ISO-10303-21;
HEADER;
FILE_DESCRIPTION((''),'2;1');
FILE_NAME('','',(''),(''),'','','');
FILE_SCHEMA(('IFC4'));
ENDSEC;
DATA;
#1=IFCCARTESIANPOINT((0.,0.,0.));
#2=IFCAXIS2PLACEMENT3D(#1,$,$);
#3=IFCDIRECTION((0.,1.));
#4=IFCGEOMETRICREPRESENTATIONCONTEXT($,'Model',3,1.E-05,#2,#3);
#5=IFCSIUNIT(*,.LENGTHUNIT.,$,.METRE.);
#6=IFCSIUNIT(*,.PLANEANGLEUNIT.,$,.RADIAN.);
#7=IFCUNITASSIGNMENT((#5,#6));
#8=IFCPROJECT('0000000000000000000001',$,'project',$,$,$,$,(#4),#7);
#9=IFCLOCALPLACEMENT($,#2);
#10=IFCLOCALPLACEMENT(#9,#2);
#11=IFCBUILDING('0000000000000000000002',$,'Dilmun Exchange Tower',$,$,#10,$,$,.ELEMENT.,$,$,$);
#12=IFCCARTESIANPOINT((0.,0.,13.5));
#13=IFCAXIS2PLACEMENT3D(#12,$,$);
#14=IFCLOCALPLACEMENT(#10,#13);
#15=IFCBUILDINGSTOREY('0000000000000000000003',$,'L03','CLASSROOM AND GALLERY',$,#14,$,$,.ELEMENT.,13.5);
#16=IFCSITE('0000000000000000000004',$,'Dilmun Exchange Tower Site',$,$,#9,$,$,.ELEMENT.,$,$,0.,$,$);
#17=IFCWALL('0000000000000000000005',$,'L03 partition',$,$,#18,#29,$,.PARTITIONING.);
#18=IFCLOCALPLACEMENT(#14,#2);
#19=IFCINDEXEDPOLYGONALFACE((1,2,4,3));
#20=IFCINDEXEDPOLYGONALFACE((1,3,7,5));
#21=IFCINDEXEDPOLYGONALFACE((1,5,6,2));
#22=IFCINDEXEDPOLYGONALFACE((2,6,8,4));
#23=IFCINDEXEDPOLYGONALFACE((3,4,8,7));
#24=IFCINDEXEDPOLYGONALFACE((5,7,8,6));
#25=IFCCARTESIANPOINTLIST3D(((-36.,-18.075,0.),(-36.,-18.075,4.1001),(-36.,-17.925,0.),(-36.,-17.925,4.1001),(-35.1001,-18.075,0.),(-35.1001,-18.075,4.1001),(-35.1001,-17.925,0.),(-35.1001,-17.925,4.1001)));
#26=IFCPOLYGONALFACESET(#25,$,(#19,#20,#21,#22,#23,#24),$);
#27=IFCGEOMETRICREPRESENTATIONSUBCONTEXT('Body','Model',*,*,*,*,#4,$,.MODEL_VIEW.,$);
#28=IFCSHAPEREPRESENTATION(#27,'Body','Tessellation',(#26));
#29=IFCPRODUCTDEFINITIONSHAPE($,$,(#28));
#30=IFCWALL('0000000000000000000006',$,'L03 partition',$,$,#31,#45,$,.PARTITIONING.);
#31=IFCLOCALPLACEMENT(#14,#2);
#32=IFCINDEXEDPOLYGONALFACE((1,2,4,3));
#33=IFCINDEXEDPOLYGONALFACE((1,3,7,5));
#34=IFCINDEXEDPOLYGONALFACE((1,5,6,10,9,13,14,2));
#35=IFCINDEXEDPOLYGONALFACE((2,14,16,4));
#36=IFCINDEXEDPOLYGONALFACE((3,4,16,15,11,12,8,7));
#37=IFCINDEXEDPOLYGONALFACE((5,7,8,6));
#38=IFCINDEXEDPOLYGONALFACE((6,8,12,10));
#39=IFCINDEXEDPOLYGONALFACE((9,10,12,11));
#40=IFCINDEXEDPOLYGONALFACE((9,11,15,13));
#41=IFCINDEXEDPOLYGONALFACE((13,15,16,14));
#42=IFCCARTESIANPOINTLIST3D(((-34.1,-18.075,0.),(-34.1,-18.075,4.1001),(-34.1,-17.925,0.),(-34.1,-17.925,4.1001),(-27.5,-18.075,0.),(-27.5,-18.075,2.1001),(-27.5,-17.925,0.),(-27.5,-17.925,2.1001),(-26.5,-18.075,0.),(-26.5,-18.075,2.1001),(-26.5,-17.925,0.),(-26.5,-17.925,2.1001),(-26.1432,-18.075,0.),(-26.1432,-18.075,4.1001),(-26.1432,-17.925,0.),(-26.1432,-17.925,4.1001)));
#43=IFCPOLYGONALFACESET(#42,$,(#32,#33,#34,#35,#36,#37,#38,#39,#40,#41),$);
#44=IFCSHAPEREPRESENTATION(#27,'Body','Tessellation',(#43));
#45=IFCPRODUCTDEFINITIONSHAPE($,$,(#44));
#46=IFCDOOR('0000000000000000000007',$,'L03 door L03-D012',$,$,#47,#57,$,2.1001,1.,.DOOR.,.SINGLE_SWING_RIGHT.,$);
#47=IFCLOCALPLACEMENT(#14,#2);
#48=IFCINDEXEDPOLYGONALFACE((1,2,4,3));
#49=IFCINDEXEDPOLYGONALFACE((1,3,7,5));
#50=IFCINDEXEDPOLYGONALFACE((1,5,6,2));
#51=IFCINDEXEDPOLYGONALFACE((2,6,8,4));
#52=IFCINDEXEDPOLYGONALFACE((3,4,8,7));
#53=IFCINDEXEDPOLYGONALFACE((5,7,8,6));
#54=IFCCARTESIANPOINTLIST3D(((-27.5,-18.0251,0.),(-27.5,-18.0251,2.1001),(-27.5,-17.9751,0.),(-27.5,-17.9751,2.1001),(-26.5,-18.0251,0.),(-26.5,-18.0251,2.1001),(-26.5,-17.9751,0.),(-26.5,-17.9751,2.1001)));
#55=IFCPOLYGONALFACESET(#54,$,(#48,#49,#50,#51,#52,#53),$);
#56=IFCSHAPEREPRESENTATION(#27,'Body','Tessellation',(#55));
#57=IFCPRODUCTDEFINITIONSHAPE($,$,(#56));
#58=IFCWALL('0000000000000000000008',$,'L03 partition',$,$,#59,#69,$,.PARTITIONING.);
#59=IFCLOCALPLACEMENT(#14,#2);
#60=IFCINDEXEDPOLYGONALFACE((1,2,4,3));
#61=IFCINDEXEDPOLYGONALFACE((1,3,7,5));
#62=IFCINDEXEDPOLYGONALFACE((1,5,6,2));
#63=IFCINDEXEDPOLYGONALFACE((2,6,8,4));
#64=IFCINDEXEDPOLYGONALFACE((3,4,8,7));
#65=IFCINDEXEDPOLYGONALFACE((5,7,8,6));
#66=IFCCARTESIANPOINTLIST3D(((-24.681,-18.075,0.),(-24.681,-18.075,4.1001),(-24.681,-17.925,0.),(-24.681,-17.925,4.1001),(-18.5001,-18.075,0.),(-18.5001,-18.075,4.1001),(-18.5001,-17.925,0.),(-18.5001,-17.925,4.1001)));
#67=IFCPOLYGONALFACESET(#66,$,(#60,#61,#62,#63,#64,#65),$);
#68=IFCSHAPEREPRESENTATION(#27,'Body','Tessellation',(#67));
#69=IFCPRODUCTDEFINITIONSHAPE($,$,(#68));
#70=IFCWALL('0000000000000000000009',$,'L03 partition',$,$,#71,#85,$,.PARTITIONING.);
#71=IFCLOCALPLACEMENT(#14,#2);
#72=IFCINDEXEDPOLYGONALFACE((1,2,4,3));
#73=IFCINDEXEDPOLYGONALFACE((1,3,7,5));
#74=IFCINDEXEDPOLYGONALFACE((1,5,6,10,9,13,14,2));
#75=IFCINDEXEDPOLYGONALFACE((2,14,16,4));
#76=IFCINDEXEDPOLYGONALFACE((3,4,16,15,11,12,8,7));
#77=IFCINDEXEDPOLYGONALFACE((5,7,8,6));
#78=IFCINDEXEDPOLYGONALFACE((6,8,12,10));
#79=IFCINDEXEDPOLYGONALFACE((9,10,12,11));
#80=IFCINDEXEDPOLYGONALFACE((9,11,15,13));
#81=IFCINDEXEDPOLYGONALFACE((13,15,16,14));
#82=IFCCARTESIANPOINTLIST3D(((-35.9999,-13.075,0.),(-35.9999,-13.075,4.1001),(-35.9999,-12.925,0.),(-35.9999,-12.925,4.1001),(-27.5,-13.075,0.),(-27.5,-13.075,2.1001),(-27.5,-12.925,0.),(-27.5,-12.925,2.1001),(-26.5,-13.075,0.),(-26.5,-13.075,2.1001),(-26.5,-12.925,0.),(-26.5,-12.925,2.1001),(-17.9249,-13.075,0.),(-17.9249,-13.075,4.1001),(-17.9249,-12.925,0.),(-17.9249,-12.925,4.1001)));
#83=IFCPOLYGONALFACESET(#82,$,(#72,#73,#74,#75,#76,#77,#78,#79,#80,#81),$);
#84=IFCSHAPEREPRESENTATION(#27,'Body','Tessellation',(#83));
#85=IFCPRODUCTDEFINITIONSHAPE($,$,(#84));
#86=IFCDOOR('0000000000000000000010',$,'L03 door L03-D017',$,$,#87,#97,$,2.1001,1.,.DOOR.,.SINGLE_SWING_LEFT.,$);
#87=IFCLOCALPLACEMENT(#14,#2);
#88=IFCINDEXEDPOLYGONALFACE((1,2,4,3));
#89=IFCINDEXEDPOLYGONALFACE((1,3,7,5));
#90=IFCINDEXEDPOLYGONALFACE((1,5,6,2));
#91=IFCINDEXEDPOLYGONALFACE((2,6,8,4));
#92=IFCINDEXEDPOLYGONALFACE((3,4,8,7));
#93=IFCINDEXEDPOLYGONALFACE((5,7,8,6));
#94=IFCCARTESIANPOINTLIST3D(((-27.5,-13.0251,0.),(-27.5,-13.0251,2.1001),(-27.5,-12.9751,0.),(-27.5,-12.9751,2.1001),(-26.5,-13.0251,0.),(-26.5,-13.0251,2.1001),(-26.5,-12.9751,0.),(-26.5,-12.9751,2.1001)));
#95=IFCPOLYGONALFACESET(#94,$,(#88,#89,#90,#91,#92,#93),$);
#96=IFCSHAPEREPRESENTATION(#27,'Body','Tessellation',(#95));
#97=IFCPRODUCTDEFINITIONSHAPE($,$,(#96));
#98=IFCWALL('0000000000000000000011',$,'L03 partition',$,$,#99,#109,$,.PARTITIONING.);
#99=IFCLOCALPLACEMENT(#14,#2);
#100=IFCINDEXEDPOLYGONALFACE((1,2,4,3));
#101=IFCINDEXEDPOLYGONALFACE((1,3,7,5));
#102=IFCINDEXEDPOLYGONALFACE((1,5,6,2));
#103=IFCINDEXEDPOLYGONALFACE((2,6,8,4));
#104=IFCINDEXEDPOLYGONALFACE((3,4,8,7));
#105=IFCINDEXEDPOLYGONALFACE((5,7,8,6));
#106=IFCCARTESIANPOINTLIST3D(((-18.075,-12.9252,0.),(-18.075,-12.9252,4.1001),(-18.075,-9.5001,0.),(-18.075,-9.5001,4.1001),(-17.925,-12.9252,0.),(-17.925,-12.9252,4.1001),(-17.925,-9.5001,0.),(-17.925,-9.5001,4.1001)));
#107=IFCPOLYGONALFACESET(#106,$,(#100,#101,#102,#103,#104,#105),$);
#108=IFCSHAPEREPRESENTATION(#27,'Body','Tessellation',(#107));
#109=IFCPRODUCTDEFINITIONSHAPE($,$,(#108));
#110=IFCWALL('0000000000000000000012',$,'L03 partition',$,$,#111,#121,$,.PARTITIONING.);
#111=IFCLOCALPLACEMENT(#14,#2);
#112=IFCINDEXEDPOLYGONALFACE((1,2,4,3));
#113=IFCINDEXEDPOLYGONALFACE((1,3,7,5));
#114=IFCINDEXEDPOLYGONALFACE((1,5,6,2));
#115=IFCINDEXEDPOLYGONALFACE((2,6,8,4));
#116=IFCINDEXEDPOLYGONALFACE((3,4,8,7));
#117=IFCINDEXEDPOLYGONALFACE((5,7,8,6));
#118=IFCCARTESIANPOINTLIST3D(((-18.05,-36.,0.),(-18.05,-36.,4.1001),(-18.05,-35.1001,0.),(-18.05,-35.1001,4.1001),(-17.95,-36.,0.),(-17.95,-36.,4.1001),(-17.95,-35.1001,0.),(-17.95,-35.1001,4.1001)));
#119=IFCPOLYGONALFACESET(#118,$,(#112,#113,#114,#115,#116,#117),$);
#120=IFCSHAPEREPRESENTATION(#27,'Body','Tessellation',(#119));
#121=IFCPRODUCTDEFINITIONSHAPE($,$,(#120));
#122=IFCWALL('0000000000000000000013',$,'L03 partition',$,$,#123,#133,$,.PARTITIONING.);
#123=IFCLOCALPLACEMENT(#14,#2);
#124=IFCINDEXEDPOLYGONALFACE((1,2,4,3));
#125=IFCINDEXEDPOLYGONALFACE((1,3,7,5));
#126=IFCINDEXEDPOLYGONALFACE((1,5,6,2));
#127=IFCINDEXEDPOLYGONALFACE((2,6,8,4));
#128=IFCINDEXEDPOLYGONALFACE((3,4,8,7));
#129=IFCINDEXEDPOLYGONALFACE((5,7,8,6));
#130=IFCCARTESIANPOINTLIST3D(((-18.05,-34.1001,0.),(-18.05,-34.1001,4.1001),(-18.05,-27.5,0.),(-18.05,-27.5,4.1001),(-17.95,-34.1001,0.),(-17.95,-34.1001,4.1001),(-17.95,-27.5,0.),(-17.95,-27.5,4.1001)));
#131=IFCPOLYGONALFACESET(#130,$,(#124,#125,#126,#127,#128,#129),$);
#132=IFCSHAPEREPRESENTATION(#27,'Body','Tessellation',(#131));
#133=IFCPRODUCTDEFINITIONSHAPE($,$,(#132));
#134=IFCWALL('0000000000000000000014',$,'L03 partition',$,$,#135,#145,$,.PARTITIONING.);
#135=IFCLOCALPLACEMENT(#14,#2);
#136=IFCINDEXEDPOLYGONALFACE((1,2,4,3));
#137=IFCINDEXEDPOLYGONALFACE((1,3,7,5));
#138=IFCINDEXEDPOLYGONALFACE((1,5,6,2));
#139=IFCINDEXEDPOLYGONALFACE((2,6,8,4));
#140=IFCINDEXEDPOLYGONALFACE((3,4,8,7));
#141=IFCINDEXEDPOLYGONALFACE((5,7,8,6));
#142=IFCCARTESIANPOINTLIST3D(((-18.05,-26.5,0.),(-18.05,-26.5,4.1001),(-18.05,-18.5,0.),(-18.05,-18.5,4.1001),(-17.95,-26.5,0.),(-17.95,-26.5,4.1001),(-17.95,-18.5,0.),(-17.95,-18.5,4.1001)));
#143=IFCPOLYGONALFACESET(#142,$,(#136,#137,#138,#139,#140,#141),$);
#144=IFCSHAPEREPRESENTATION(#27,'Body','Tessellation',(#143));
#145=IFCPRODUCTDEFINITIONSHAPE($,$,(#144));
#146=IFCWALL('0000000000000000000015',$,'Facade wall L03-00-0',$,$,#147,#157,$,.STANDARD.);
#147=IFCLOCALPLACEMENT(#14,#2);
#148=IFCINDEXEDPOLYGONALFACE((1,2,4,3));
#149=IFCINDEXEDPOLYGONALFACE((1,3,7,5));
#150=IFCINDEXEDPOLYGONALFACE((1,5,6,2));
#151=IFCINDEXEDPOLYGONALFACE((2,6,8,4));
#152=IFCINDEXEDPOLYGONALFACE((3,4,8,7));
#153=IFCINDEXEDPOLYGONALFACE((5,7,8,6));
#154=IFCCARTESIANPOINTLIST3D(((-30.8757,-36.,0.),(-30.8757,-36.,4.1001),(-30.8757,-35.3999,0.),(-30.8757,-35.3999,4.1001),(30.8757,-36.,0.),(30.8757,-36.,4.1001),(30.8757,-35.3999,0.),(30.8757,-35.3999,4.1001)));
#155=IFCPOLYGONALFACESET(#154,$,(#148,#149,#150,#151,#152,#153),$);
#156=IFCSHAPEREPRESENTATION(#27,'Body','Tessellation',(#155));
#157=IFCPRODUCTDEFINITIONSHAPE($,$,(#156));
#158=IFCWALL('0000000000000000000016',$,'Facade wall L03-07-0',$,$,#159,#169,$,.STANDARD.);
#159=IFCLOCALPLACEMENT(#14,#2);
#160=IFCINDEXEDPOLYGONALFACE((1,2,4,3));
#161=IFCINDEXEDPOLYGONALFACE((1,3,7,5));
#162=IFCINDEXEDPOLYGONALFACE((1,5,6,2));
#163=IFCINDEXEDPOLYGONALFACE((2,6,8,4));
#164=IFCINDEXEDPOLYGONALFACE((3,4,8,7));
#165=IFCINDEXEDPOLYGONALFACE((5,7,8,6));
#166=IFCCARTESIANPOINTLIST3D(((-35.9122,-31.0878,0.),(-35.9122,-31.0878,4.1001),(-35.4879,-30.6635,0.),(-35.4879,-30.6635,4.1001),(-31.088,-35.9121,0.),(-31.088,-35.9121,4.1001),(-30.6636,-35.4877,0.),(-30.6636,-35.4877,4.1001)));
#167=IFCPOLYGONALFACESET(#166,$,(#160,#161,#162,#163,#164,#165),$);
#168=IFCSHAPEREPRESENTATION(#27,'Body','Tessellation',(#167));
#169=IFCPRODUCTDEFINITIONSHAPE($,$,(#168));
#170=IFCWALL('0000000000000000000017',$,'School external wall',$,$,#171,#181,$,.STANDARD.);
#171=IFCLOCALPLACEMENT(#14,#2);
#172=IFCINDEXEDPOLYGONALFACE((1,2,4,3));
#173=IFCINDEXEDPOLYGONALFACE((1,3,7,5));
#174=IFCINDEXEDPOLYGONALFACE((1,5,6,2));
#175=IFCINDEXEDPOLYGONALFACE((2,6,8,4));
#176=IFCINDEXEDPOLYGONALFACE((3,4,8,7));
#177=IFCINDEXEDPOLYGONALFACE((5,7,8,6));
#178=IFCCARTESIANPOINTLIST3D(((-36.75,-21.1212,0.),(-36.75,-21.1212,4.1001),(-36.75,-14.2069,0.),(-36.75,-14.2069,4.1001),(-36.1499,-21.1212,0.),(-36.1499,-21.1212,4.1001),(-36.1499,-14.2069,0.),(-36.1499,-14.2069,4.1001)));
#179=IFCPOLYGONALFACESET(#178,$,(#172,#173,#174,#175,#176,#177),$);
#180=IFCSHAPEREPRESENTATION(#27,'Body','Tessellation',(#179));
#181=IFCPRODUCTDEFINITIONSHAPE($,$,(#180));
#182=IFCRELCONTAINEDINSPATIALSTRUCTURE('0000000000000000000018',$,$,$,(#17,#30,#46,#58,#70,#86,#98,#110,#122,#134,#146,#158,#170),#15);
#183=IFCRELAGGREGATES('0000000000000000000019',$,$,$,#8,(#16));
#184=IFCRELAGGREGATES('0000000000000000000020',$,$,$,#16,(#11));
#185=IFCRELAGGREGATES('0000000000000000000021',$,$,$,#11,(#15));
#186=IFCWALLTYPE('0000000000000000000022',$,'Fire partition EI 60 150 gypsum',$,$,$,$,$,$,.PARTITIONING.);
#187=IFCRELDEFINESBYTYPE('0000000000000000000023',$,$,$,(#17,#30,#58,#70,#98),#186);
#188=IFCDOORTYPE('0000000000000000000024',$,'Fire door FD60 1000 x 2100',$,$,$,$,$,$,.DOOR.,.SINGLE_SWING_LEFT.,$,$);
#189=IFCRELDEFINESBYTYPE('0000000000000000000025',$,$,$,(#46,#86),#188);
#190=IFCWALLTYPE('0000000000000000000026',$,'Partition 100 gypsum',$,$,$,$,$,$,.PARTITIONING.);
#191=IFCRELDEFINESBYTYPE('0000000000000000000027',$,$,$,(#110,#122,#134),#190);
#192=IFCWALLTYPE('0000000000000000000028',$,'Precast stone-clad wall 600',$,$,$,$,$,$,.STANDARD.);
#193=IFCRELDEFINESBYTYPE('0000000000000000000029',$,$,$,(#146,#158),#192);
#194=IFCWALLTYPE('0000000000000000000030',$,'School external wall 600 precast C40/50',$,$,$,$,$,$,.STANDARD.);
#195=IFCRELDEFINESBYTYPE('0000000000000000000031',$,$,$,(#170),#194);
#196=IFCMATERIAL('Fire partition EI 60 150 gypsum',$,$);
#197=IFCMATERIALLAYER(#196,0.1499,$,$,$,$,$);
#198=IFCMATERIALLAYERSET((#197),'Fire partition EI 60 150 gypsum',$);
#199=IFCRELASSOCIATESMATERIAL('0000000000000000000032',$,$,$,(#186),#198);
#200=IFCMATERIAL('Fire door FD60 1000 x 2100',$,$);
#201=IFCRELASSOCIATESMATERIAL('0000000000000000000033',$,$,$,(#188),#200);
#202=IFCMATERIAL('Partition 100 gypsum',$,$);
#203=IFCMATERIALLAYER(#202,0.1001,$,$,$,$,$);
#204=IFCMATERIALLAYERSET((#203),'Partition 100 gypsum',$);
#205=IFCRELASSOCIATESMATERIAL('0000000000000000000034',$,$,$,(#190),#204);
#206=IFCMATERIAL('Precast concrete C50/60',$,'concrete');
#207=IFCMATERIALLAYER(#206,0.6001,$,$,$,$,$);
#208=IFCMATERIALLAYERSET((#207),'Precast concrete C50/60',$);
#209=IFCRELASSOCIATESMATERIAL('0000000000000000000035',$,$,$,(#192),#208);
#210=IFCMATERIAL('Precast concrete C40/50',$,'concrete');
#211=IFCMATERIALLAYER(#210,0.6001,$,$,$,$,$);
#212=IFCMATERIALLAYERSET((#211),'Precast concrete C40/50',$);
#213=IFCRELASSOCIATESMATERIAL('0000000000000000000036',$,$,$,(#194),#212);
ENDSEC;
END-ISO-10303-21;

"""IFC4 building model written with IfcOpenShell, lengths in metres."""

from ifc_helpers import new_model, si_unit, direction, frame, frame_2d, origin, place, context, subcontext, project, spatial, rectangle, extrude, material, layer, layer_set, type_object, element, fill, save


model = new_model("IFC4")

# Units and contexts
model_context = context("Model", 3, precision=1e-05, world=origin(), true_north=direction((0.0, 1.0)))
body_context = subcontext(model_context, "Body", "Model", "MODEL_VIEW")
ifc_project = project(units=[si_unit("LENGTHUNIT", "METRE"), si_unit("PLANEANGLEUNIT", "RADIAN")], contexts=[model_context])

# Site, building, storey
site_placement = place(None, origin())
site = spatial("IfcSite", under=ifc_project, at=site_placement, Name="Dilmun Exchange Tower Site", CompositionType="ELEMENT", RefElevation=0.0)
building_placement = place(site_placement, origin())
building = spatial("IfcBuilding", under=site, at=building_placement, Name="Dilmun Exchange Tower", CompositionType="ELEMENT")
storey_placement = place(building_placement, frame((0.0, 0.0, 13.5)))
storey = spatial("IfcBuildingStorey", under=building, at=storey_placement, Name="L03", Description="CLASSROOM AND GALLERY", CompositionType="ELEMENT", Elevation=13.5)

# Wall
ifc_material_1 = material(Name="Fire partition EI 60 150 gypsum")
ifc_layer_1 = layer(ifc_material_1, 0.1499)
ifc_layer_set_1 = layer_set([ifc_layer_1], Name="Fire partition EI 60 150 gypsum")
wall_type_1 = type_object("IfcWallType", Name="Fire partition EI 60 150 gypsum", PredefinedType="PARTITIONING", material=ifc_layer_set_1)
wall_1_placement = place(storey_placement, frame((-36.0, -18.0, 0.0), z_axis=(0.0, 0.0, 1.0), x_axis=(1.0, 0.0, 0.0)))
element("IfcWall", 1, at=wall_1_placement, inside=storey, type_object=wall_type_1, Name="L03 partition", PredefinedType="PARTITIONING", context=body_context, shape_type="SweptSolid", body=[
    extrude(rectangle(XDim=0.8999, YDim=0.1499, at=frame_2d((0.45, 0.0))), origin(), (0.0, 0.0, 1.0), 4.1001),
])

# Wall, opening, door
wall_2_placement = place(storey_placement, frame((-34.1001, -18.0, 0.0), z_axis=(0.0, 0.0, 1.0), x_axis=(1.0, 0.0, 0.0)))
wall_2 = element("IfcWall", 2, at=wall_2_placement, inside=storey, type_object=wall_type_1, Name="L03 partition", PredefinedType="PARTITIONING", context=body_context, shape_type="SweptSolid", body=[
    extrude(rectangle(XDim=7.9568, YDim=0.1499, at=frame_2d((3.9785, 0.0))), origin(), (0.0, 0.0, 1.0), 4.1001),
])
opening_1_placement = place(wall_2_placement, frame((6.6001, 0.0, 0.0)))
opening_1 = element("IfcOpeningElement", 3, at=opening_1_placement, cuts=wall_2, PredefinedType="OPENING", context=body_context, shape_type="SweptSolid", body=[
    extrude(rectangle(XDim=1.0, YDim=2.1001, at=frame_2d((0.5, 1.05))), frame((0.0, 0.085, 0.0), z_axis=(0.0, -1.0, 0.0), x_axis=(1.0, 0.0, 0.0)), (0.0, 0.0, 1.0), 0.1699),
])
ifc_material_2 = material(Name="Fire door FD60 1000 x 2100")
door_type = type_object("IfcDoorType", Name="Fire door FD60 1000 x 2100", OperationType="SINGLE_SWING_LEFT", PredefinedType="DOOR", material=ifc_material_2)
door_1_placement = place(opening_1_placement, origin())
door_1 = element("IfcDoor", 4, at=door_1_placement, inside=storey, type_object=door_type, Name="L03 door L03-D012", OperationType="SINGLE_SWING_RIGHT", OverallHeight=2.1001, OverallWidth=1.0, PredefinedType="DOOR", context=body_context, shape_type="SweptSolid", body=[
    extrude(rectangle(XDim=1.0, YDim=2.1001, at=frame_2d((0.5, 1.05))), frame((0.0, 0.0249, 0.0), z_axis=(0.0, -1.0, 0.0), x_axis=(1.0, 0.0, 0.0)), (0.0, 0.0, 1.0), 0.05),
])
fill(opening_1, door_1)

# Wall
wall_3_placement = place(storey_placement, frame((-24.6809, -18.0, 0.0), z_axis=(0.0, 0.0, 1.0), x_axis=(1.0, 0.0, 0.0)))
element("IfcWall", 5, at=wall_3_placement, inside=storey, type_object=wall_type_1, Name="L03 partition", PredefinedType="PARTITIONING", context=body_context, shape_type="SweptSolid", body=[
    extrude(rectangle(XDim=6.1809, YDim=0.1499, at=frame_2d((3.0903, 0.0))), origin(), (0.0, 0.0, 1.0), 4.1001),
])

# Wall, opening, door
wall_4_placement = place(storey_placement, frame((-36.0, -13.0, 0.0), z_axis=(0.0, 0.0, 1.0), x_axis=(1.0, 0.0, 0.0)))
wall_4 = element("IfcWall", 6, at=wall_4_placement, inside=storey, type_object=wall_type_1, Name="L03 partition", PredefinedType="PARTITIONING", context=body_context, shape_type="SweptSolid", body=[
    extrude(rectangle(XDim=18.075, YDim=0.1499, at=frame_2d((9.0376, 0.0))), origin(), (0.0, 0.0, 1.0), 4.1001),
])
opening_2_placement = place(wall_4_placement, frame((8.5, 0.0, 0.0)))
opening_2 = element("IfcOpeningElement", 7, at=opening_2_placement, cuts=wall_4, PredefinedType="OPENING", context=body_context, shape_type="SweptSolid", body=[
    extrude(rectangle(XDim=1.0, YDim=2.1001, at=frame_2d((0.5, 1.05))), frame((0.0, 0.085, 0.0), z_axis=(0.0, -1.0, 0.0), x_axis=(1.0, 0.0, 0.0)), (0.0, 0.0, 1.0), 0.1699),
])
door_2_placement = place(opening_2_placement, origin())
door_2 = element("IfcDoor", 8, at=door_2_placement, inside=storey, type_object=door_type, Name="L03 door L03-D017", OperationType="SINGLE_SWING_LEFT", OverallHeight=2.1001, OverallWidth=1.0, PredefinedType="DOOR", context=body_context, shape_type="SweptSolid", body=[
    extrude(rectangle(XDim=1.0, YDim=2.1001, at=frame_2d((0.5, 1.05))), frame((0.0, 0.0249, 0.0), z_axis=(0.0, -1.0, 0.0), x_axis=(1.0, 0.0, 0.0)), (0.0, 0.0, 1.0), 0.05),
])
fill(opening_2, door_2)

# Walls
wall_5_placement = place(storey_placement, frame((-18.0, -12.925, 0.0), z_axis=(0.0, 0.0, 1.0), x_axis=(0.0, 1.0, 0.0)))
element("IfcWall", 9, at=wall_5_placement, inside=storey, type_object=wall_type_1, Name="L03 partition", PredefinedType="PARTITIONING", context=body_context, shape_type="SweptSolid", body=[
    extrude(rectangle(XDim=3.425, YDim=0.1499, at=frame_2d((1.7124, 0.0))), origin(), (0.0, 0.0, 1.0), 4.1001),
])
ifc_material_3 = material(Name="Partition 100 gypsum")
ifc_layer_2 = layer(ifc_material_3, 0.1001)
ifc_layer_set_2 = layer_set([ifc_layer_2], Name="Partition 100 gypsum")
wall_type_2 = type_object("IfcWallType", Name="Partition 100 gypsum", PredefinedType="PARTITIONING", material=ifc_layer_set_2)
wall_6_placement = place(storey_placement, frame((-18.0, -36.0, 0.0), z_axis=(0.0, 0.0, 1.0), x_axis=(0.0, 1.0, 0.0)))
element("IfcWall", 10, at=wall_6_placement, inside=storey, type_object=wall_type_2, Name="L03 partition", PredefinedType="PARTITIONING", context=body_context, shape_type="SweptSolid", body=[
    extrude(rectangle(XDim=0.8999, YDim=0.1001, at=frame_2d((0.45, 0.0))), origin(), (0.0, 0.0, 1.0), 4.1001),
])
wall_7_placement = place(storey_placement, frame((-18.0, -34.1001, 0.0), z_axis=(0.0, 0.0, 1.0), x_axis=(0.0, 1.0, 0.0)))
element("IfcWall", 11, at=wall_7_placement, inside=storey, type_object=wall_type_2, Name="L03 partition", PredefinedType="PARTITIONING", context=body_context, shape_type="SweptSolid", body=[
    extrude(rectangle(XDim=6.6001, YDim=0.1001, at=frame_2d((3.3, 0.0))), origin(), (0.0, 0.0, 1.0), 4.1001),
])
wall_8_placement = place(storey_placement, frame((-18.0, -26.5, 0.0), z_axis=(0.0, 0.0, 1.0), x_axis=(0.0, 1.0, 0.0)))
element("IfcWall", 12, at=wall_8_placement, inside=storey, type_object=wall_type_2, Name="L03 partition", PredefinedType="PARTITIONING", context=body_context, shape_type="SweptSolid", body=[
    extrude(rectangle(XDim=8.0, YDim=0.1001, at=frame_2d((4.0, 0.0))), origin(), (0.0, 0.0, 1.0), 4.1001),
])
ifc_material_4 = material(Name="Precast concrete C50/60", Category="concrete")
ifc_layer_3 = layer(ifc_material_4, 0.6001)
ifc_layer_set_3 = layer_set([ifc_layer_3], Name="Precast concrete C50/60")
wall_type_3 = type_object("IfcWallType", Name="Precast stone-clad wall 600", PredefinedType="STANDARD", material=ifc_layer_set_3)
wall_9_placement = place(storey_placement, frame((-30.8757, -35.7, 0.0), z_axis=(0.0, 0.0, 1.0), x_axis=(1.0, 0.0, 0.0)))
element("IfcWall", 13, at=wall_9_placement, inside=storey, type_object=wall_type_3, Name="Facade wall L03-00-0", PredefinedType="STANDARD", context=body_context, shape_type="SweptSolid", body=[
    extrude(rectangle(XDim=61.7515, YDim=0.6001, at=frame_2d((30.8757, 0.0))), origin(), (0.0, 0.0, 1.0), 4.1001),
])
wall_10_placement = place(storey_placement, frame((-35.7, -30.8757, 0.0), z_axis=(0.0, 0.0, 1.0), x_axis=(0.707107, -0.707107, 0.0)))
element("IfcWall", 14, at=wall_10_placement, inside=storey, type_object=wall_type_3, Name="Facade wall L03-07-0", PredefinedType="STANDARD", context=body_context, shape_type="SweptSolid", body=[
    extrude(rectangle(XDim=6.8225, YDim=0.6001, at=frame_2d((3.4111, 0.0))), origin(), (0.0, 0.0, 1.0), 4.1001),
])
ifc_material_5 = material(Name="Precast concrete C40/50", Category="concrete")
ifc_layer_4 = layer(ifc_material_5, 0.6001)
ifc_layer_set_4 = layer_set([ifc_layer_4], Name="Precast concrete C40/50")
wall_type_4 = type_object("IfcWallType", Name="School external wall 600 precast C40/50", PredefinedType="STANDARD", material=ifc_layer_set_4)
wall_11_placement = place(storey_placement, frame((-36.45, -14.207, 0.0), z_axis=(0.0, 0.0, 1.0), x_axis=(0.0, -1.0, 0.0)))
element("IfcWall", 15, at=wall_11_placement, inside=storey, type_object=wall_type_4, Name="School external wall", PredefinedType="STANDARD", context=body_context, shape_type="SweptSolid", body=[
    extrude(rectangle(XDim=6.9143, YDim=0.6001, at=frame_2d((3.457, 0.0))), origin(), (0.0, 0.0, 1.0), 4.1001),
])

save(model, "model.ifc")
